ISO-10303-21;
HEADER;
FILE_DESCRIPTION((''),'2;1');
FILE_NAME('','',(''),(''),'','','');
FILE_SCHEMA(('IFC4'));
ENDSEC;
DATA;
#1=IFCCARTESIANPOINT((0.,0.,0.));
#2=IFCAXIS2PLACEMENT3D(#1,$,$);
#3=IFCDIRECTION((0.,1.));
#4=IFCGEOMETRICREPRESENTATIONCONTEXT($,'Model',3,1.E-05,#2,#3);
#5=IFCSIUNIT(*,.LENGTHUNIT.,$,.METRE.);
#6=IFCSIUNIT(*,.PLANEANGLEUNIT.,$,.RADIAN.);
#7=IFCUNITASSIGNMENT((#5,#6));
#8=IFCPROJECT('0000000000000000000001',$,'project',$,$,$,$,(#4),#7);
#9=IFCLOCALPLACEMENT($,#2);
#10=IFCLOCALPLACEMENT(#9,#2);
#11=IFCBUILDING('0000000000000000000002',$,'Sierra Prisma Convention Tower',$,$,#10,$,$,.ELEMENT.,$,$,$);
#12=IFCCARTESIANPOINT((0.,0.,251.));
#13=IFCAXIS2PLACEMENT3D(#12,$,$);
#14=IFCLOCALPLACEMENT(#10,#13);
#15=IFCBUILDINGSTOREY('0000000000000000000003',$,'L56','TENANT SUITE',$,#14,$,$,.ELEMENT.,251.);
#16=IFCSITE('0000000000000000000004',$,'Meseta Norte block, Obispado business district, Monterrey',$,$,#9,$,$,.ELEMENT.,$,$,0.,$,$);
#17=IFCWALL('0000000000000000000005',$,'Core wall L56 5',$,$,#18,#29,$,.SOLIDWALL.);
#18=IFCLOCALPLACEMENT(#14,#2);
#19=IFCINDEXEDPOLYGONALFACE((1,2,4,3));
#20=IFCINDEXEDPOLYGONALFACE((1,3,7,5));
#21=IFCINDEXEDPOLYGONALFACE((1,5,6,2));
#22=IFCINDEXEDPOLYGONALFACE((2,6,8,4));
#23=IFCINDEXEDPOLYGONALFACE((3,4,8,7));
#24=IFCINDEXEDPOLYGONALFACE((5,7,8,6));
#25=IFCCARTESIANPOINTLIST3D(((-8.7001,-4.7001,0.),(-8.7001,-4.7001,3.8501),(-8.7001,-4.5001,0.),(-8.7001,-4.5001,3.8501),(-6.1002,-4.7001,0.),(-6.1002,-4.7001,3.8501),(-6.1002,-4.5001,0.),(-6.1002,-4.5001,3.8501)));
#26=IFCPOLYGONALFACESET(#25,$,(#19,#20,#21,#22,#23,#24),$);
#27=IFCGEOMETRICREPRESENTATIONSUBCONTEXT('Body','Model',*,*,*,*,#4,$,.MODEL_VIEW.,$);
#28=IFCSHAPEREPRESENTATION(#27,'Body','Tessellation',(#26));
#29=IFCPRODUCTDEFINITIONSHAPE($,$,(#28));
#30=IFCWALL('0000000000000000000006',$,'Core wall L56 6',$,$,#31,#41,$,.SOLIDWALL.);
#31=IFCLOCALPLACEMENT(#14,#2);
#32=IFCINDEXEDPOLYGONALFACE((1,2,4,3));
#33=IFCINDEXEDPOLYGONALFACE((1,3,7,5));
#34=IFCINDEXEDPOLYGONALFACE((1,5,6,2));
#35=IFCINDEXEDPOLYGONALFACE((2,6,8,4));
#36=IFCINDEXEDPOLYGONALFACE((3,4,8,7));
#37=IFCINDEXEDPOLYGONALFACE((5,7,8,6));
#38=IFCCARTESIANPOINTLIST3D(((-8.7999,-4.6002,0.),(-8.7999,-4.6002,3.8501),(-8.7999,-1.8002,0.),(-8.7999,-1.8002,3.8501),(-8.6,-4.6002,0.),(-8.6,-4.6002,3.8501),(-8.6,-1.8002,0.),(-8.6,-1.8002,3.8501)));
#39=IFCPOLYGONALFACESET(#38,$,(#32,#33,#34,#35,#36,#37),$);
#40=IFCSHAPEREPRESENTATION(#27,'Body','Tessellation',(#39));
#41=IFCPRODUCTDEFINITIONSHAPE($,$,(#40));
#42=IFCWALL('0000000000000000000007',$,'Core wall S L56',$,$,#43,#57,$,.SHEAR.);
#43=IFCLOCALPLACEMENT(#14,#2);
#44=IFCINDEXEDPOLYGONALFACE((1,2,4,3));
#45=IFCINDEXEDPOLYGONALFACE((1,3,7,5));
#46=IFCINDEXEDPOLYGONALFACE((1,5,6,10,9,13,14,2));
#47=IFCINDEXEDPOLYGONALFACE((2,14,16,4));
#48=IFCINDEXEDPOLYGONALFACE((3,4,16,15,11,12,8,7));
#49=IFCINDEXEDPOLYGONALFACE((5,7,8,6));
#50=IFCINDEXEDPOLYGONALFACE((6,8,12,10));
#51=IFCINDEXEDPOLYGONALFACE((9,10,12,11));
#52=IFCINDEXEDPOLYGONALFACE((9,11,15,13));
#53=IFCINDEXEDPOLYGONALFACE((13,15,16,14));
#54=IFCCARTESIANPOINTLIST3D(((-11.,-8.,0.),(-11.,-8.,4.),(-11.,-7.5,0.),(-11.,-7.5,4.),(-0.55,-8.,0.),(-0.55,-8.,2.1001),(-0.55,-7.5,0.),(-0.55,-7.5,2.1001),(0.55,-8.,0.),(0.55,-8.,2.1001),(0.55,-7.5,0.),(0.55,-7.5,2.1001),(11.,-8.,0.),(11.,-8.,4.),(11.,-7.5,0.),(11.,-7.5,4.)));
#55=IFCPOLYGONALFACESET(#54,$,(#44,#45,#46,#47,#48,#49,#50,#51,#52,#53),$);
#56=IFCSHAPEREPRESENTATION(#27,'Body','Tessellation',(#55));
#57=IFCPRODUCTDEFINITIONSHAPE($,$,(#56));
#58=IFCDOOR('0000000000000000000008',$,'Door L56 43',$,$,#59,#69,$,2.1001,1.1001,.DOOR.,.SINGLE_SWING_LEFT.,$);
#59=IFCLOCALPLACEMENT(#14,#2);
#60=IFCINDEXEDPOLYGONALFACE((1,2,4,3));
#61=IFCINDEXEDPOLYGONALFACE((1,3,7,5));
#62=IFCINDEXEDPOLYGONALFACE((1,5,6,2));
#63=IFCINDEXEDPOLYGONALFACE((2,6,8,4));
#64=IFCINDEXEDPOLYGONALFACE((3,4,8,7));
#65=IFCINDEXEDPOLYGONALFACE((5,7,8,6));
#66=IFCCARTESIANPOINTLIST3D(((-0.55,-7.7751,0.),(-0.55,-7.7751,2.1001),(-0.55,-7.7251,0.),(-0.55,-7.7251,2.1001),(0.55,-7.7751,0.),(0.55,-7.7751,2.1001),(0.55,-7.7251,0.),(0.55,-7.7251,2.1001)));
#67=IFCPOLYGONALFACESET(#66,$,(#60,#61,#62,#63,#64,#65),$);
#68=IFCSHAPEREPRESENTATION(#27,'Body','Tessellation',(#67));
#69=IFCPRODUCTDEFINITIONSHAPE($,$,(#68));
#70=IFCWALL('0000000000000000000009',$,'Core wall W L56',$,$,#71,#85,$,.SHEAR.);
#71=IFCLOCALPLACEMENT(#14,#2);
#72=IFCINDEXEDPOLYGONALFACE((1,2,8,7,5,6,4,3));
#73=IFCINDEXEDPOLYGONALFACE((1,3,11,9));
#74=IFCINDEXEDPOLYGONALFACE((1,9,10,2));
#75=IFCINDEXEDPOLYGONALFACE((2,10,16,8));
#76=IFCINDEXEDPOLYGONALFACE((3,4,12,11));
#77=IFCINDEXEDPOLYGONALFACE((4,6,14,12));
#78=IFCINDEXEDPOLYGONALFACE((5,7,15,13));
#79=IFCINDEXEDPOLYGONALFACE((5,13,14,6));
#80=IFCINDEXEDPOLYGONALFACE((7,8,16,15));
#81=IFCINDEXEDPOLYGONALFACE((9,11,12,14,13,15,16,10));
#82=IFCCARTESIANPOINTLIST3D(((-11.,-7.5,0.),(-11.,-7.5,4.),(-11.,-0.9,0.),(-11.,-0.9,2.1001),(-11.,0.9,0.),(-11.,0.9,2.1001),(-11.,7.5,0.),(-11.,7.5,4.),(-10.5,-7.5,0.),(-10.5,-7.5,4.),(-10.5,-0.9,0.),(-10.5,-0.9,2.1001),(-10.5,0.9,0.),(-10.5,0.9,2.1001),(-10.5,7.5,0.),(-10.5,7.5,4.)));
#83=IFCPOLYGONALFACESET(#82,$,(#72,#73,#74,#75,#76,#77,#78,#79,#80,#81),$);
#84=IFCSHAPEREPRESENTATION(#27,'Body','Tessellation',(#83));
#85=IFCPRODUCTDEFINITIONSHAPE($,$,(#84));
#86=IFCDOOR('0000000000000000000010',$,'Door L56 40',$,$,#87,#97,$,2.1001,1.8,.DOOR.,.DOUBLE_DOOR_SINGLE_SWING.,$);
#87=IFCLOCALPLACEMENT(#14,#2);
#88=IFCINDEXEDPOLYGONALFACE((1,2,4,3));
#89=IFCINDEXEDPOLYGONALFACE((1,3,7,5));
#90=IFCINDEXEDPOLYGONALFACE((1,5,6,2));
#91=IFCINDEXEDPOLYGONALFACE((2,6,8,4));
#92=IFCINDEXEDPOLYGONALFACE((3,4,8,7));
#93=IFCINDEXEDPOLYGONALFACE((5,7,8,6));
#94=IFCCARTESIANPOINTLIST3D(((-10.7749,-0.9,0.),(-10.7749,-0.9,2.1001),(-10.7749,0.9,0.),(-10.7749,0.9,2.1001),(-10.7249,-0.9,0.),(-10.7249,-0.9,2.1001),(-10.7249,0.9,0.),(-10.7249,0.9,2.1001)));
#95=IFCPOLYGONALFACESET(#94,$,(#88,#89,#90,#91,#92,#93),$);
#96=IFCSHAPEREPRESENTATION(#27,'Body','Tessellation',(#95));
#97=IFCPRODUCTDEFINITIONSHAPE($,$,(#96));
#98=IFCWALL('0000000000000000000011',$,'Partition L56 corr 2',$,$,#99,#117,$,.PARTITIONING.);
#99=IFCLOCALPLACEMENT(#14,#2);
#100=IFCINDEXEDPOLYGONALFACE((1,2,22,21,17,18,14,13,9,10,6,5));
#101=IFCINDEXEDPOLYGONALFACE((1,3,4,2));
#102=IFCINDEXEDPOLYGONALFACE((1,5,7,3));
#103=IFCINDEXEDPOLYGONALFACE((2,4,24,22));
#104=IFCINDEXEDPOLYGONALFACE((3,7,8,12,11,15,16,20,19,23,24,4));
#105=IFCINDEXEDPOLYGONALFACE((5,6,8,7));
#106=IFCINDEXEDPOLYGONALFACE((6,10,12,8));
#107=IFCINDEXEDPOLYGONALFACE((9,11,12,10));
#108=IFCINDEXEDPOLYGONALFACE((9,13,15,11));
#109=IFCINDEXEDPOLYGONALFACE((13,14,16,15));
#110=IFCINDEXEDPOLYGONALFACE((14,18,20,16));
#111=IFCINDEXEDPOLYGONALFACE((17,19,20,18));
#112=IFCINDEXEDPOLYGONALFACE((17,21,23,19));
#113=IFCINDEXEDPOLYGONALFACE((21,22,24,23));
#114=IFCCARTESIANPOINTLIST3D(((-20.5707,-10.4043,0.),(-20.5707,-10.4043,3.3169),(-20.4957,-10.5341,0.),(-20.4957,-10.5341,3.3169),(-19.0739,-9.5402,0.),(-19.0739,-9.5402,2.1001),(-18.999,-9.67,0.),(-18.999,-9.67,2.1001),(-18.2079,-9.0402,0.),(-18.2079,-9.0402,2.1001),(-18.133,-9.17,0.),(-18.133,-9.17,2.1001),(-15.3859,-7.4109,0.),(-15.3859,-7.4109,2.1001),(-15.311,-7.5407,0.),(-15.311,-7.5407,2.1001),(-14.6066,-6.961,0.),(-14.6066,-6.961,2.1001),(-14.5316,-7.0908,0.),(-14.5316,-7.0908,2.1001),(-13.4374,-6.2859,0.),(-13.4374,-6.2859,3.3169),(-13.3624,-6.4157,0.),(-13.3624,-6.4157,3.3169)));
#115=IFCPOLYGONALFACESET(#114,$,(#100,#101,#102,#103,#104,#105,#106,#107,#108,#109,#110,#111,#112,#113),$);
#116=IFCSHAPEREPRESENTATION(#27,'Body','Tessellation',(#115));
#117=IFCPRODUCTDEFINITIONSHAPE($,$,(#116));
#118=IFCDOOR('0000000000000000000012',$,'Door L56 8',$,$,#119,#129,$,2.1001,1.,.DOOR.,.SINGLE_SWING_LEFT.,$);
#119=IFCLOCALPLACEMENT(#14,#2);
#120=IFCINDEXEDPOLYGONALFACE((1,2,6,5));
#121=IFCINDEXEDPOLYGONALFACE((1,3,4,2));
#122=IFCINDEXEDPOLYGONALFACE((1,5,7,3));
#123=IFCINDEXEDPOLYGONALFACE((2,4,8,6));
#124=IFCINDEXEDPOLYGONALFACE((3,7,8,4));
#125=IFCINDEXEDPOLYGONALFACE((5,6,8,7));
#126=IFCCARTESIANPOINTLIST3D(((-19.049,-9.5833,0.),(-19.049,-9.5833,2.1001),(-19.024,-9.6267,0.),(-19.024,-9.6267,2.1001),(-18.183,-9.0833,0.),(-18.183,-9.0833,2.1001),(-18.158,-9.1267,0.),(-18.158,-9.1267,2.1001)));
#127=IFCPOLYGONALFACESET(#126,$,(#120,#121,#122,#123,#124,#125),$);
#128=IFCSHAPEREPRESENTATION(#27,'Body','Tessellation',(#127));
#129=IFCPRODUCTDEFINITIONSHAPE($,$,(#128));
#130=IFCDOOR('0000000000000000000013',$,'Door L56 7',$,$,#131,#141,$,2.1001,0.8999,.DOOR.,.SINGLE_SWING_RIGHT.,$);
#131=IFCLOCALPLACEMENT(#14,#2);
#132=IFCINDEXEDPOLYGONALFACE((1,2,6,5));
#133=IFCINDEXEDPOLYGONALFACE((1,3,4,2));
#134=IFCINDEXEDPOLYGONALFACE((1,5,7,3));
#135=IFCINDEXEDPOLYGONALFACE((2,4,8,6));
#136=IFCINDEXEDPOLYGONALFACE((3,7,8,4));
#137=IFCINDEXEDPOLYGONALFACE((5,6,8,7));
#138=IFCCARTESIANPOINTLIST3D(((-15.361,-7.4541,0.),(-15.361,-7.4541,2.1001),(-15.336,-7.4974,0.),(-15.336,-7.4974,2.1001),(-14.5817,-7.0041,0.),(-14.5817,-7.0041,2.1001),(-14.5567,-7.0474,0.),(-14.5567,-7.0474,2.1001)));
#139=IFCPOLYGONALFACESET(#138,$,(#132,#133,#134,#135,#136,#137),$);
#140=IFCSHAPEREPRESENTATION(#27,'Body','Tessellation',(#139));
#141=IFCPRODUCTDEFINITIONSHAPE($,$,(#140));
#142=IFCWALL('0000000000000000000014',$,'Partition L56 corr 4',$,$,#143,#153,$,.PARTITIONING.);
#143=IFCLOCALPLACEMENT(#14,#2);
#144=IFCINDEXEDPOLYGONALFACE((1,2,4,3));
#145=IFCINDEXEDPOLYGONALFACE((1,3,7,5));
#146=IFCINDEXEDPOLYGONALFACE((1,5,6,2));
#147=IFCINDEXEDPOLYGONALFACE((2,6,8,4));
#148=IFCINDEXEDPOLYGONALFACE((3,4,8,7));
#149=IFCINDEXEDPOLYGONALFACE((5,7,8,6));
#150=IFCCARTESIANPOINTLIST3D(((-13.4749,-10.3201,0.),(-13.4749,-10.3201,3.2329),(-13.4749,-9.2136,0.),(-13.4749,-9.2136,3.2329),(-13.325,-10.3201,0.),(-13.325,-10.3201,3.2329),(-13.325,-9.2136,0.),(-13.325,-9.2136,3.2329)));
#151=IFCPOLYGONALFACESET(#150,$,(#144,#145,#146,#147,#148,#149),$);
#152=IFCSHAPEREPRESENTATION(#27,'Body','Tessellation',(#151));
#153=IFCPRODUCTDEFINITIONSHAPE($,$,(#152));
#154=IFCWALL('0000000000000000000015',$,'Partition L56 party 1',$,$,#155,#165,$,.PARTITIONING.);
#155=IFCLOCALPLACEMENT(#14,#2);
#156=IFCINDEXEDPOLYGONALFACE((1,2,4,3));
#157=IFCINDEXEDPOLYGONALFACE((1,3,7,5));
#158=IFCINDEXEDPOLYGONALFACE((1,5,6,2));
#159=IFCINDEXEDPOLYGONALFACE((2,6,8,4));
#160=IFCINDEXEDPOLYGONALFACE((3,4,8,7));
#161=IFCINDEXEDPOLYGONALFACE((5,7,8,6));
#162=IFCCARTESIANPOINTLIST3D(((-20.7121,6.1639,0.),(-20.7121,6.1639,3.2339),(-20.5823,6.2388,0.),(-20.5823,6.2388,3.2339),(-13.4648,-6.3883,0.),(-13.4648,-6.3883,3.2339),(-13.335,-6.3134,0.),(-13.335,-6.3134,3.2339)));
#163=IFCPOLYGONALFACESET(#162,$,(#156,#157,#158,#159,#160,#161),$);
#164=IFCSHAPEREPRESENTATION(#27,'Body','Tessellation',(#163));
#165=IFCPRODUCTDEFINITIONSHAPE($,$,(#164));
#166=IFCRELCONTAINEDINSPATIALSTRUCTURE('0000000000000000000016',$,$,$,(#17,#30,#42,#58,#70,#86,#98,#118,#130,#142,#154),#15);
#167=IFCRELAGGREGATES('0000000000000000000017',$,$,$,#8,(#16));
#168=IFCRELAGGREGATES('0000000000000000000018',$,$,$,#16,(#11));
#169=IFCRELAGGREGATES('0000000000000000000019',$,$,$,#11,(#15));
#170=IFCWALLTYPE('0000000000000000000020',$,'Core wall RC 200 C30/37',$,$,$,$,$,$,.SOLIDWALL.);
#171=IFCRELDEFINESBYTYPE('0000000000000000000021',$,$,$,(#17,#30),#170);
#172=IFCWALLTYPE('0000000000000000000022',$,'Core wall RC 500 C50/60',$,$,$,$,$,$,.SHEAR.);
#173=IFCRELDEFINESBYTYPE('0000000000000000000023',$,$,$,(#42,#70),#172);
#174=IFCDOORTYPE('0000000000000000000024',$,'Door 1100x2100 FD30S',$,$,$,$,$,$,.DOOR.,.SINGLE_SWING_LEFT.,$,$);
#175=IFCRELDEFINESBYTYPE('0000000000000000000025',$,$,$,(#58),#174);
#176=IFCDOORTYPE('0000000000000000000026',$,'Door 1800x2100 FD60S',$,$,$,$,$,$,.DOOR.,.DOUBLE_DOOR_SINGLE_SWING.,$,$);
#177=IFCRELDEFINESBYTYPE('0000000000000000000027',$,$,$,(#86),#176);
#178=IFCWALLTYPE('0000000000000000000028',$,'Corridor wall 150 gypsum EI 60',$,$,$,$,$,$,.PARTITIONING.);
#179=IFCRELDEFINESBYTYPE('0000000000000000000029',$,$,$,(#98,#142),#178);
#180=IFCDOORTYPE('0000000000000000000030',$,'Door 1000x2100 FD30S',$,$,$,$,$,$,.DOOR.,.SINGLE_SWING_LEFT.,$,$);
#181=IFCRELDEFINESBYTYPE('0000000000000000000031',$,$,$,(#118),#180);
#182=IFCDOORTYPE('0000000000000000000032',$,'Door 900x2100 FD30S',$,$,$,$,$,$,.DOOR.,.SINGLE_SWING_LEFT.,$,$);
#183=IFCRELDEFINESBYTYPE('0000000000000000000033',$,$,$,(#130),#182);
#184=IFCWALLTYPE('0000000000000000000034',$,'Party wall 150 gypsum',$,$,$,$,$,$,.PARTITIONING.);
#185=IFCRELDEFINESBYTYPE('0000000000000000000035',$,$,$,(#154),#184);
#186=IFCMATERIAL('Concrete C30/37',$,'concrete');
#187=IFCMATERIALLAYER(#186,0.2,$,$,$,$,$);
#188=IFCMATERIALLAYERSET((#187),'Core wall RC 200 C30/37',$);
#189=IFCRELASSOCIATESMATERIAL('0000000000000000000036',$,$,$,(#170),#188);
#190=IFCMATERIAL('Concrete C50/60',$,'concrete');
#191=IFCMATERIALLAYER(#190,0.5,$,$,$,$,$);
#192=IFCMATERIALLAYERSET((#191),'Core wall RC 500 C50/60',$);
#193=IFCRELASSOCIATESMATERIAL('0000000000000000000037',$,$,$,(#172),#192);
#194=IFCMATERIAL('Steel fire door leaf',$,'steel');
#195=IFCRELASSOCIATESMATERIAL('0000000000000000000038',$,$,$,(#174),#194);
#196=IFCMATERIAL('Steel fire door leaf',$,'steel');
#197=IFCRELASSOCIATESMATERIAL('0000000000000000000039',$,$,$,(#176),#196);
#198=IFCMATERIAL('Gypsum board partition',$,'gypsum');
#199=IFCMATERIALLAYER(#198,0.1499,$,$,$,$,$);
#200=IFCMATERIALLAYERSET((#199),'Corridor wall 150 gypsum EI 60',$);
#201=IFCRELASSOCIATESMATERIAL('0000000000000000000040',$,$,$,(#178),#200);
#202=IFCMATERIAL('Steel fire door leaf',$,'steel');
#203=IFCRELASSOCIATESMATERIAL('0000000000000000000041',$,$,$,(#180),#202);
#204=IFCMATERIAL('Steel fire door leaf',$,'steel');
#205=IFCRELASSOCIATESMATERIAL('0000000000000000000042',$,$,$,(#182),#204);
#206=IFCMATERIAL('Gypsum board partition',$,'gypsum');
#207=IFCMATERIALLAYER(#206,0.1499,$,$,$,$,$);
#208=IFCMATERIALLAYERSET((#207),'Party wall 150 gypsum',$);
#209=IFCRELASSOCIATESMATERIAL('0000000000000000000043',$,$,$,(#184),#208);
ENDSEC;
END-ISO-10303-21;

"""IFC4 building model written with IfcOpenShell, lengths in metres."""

from ifc_helpers import new_model, si_unit, direction, frame, frame_2d, origin, place, context, subcontext, project, spatial, rectangle, extrude, material, layer, layer_set, type_object, element, fill, save


model = new_model("IFC4")

# Units and contexts
model_context = context("Model", 3, precision=1e-05, world=origin(), true_north=direction((0.0, 1.0)))
body_context = subcontext(model_context, "Body", "Model", "MODEL_VIEW")
ifc_project = project(units=[si_unit("LENGTHUNIT", "METRE"), si_unit("PLANEANGLEUNIT", "RADIAN")], contexts=[model_context])

# Site, building, storey
site_placement = place(None, origin())
site = spatial("IfcSite", under=ifc_project, at=site_placement, Name="Meseta Norte block, Obispado business district, Monterrey", CompositionType="ELEMENT", RefElevation=0.0)
building_placement = place(site_placement, origin())
building = spatial("IfcBuilding", under=site, at=building_placement, Name="Sierra Prisma Convention Tower", CompositionType="ELEMENT")
storey_placement = place(building_placement, frame((0.0, 0.0, 251.0)))
storey = spatial("IfcBuildingStorey", under=building, at=storey_placement, Name="L56", Description="TENANT SUITE", CompositionType="ELEMENT", Elevation=251.0)

# Shared definitions
ifc_material_1 = material(Name="Concrete C30/37", Category="concrete")
ifc_layer_1 = layer(ifc_material_1, 0.2)
ifc_layer_set_1 = layer_set([ifc_layer_1], Name="Core wall RC 200 C30/37")
wall_type_1 = type_object("IfcWallType", Name="Core wall RC 200 C30/37", PredefinedType="SOLIDWALL", material=ifc_layer_set_1)

# Walls
wall_1_placement = place(storey_placement, frame((-8.7, -4.6001, 0.0), z_axis=(0.0, 0.0, 1.0), x_axis=(1.0, 0.0, 0.0)))
element("IfcWall", 1, at=wall_1_placement, inside=storey, type_object=wall_type_1, Name="Core wall L56 5", PredefinedType="SOLIDWALL", context=body_context, shape_type="SweptSolid", body=[
    extrude(rectangle(XDim=2.5999, YDim=0.2, at=frame_2d((1.2998, 0.0))), origin(), (0.0, 0.0, 1.0), 3.8501),
])
wall_2_placement = place(storey_placement, frame((-8.7, -4.6001, 0.0), z_axis=(0.0, 0.0, 1.0), x_axis=(0.0, 1.0, 0.0)))
element("IfcWall", 2, at=wall_2_placement, inside=storey, type_object=wall_type_1, Name="Core wall L56 6", PredefinedType="SOLIDWALL", context=body_context, shape_type="SweptSolid", body=[
    extrude(rectangle(XDim=2.8, YDim=0.2, at=frame_2d((1.3999, 0.0))), origin(), (0.0, 0.0, 1.0), 3.8501),
])

# Walls, openings, doors
ifc_material_2 = material(Name="Concrete C50/60", Category="concrete")
ifc_layer_2 = layer(ifc_material_2, 0.5)
ifc_layer_set_2 = layer_set([ifc_layer_2], Name="Core wall RC 500 C50/60")
wall_type_2 = type_object("IfcWallType", Name="Core wall RC 500 C50/60", PredefinedType="SHEAR", material=ifc_layer_set_2)
wall_3_placement = place(storey_placement, frame((-11.0, -7.75, 0.0), z_axis=(0.0, 0.0, 1.0), x_axis=(1.0, 0.0, 0.0)))
wall_3 = element("IfcWall", 3, at=wall_3_placement, inside=storey, type_object=wall_type_2, Name="Core wall S L56", PredefinedType="SHEAR", context=body_context, shape_type="SweptSolid", body=[
    extrude(rectangle(XDim=22.0, YDim=0.5, at=frame_2d((11.0, 0.0))), origin(), (0.0, 0.0, 1.0), 4.0),
])
opening_1_placement = place(wall_3_placement, frame((10.45, 0.0, 0.0)))
opening_1 = element("IfcOpeningElement", 4, at=opening_1_placement, cuts=wall_3, PredefinedType="OPENING", context=body_context, shape_type="SweptSolid", body=[
    extrude(rectangle(XDim=1.1001, YDim=2.1001, at=frame_2d((0.55, 1.05))), frame((0.0, 0.25, 0.0), z_axis=(0.0, -1.0, 0.0), x_axis=(1.0, 0.0, 0.0)), (0.0, 0.0, 1.0), 0.5),
])
ifc_material_3 = material(Name="Steel fire door leaf", Category="steel")
door_type_1 = type_object("IfcDoorType", Name="Door 1100x2100 FD30S", OperationType="SINGLE_SWING_LEFT", PredefinedType="DOOR", material=ifc_material_3)
door_1_placement = place(opening_1_placement, origin())
door_1 = element("IfcDoor", 5, at=door_1_placement, inside=storey, type_object=door_type_1, Name="Door L56 43", OperationType="SINGLE_SWING_LEFT", OverallHeight=2.1001, OverallWidth=1.1001, PredefinedType="DOOR", context=body_context, shape_type="SweptSolid", body=[
    extrude(rectangle(XDim=1.1001, YDim=2.1001, at=frame_2d((0.55, 1.05))), frame((0.0, 0.0249, 0.0), z_axis=(0.0, -1.0, 0.0), x_axis=(1.0, 0.0, 0.0)), (0.0, 0.0, 1.0), 0.05),
])
fill(opening_1, door_1)
wall_4_placement = place(storey_placement, frame((-10.75, -7.5, 0.0), z_axis=(0.0, 0.0, 1.0), x_axis=(0.0, 1.0, 0.0)))
wall_4 = element("IfcWall", 6, at=wall_4_placement, inside=storey, type_object=wall_type_2, Name="Core wall W L56", PredefinedType="SHEAR", context=body_context, shape_type="SweptSolid", body=[
    extrude(rectangle(XDim=15.0, YDim=0.5, at=frame_2d((7.5, 0.0))), origin(), (0.0, 0.0, 1.0), 4.0),
])
opening_2_placement = place(wall_4_placement, frame((6.6001, 0.0, 0.0)))
opening_2 = element("IfcOpeningElement", 7, at=opening_2_placement, cuts=wall_4, PredefinedType="OPENING", context=body_context, shape_type="SweptSolid", body=[
    extrude(rectangle(XDim=1.8, YDim=2.1001, at=frame_2d((0.8999, 1.05))), frame((0.0, 0.25, 0.0), z_axis=(0.0, -1.0, 0.0), x_axis=(1.0, 0.0, 0.0)), (0.0, 0.0, 1.0), 0.5),
])
ifc_material_4 = material(Name="Steel fire door leaf", Category="steel")
door_type_2 = type_object("IfcDoorType", Name="Door 1800x2100 FD60S", OperationType="DOUBLE_DOOR_SINGLE_SWING", PredefinedType="DOOR", material=ifc_material_4)
door_2_placement = place(opening_2_placement, origin())
door_2 = element("IfcDoor", 8, at=door_2_placement, inside=storey, type_object=door_type_2, Name="Door L56 40", OperationType="DOUBLE_DOOR_SINGLE_SWING", OverallHeight=2.1001, OverallWidth=1.8, PredefinedType="DOOR", context=body_context, shape_type="SweptSolid", body=[
    extrude(rectangle(XDim=1.8, YDim=2.1001, at=frame_2d((0.8999, 1.05))), frame((0.0, 0.0249, 0.0), z_axis=(0.0, -1.0, 0.0), x_axis=(1.0, 0.0, 0.0)), (0.0, 0.0, 1.0), 0.05),
])
fill(opening_2, door_2)

# Wall, openings, doors
ifc_material_5 = material(Name="Gypsum board partition", Category="gypsum")
ifc_layer_3 = layer(ifc_material_5, 0.1499)
ifc_layer_set_3 = layer_set([ifc_layer_3], Name="Corridor wall 150 gypsum EI 60")
wall_type_3 = type_object("IfcWallType", Name="Corridor wall 150 gypsum EI 60", PredefinedType="PARTITIONING", material=ifc_layer_set_3)
wall_5_placement = place(storey_placement, frame((-13.3999, -6.3508, 0.0), z_axis=(0.0, 0.0, 1.0), x_axis=(-0.866026, -0.5, 0.0)))
wall_5 = element("IfcWall", 9, at=wall_5_placement, inside=storey, type_object=wall_type_3, Name="Partition L56 corr 2", PredefinedType="PARTITIONING", context=body_context, shape_type="SweptSolid", body=[
    extrude(rectangle(XDim=8.2368, YDim=0.1499, at=frame_2d((4.1184, 0.0))), origin(), (0.0, 0.0, 1.0), 3.3169),
])
opening_3_placement = place(wall_5_placement, frame((1.3501, 0.0, 0.0)))
opening_3 = element("IfcOpeningElement", 10, at=opening_3_placement, cuts=wall_5, PredefinedType="OPENING", context=body_context, shape_type="SweptSolid", body=[
    extrude(rectangle(XDim=0.8999, YDim=2.1001, at=frame_2d((0.45, 1.05))), frame((0.0, 0.075, 0.0), z_axis=(0.0, -1.0, 0.0), x_axis=(1.0, 0.0, 0.0)), (0.0, 0.0, 1.0), 0.1499),
])
opening_4_placement = place(wall_5_placement, frame((5.5085, 0.0, 0.0)))
opening_4 = element("IfcOpeningElement", 11, at=opening_4_placement, cuts=wall_5, PredefinedType="OPENING", context=body_context, shape_type="SweptSolid", body=[
    extrude(rectangle(XDim=1.0, YDim=2.1001, at=frame_2d((0.5, 1.05))), frame((0.0, 0.075, 0.0), z_axis=(0.0, -1.0, 0.0), x_axis=(1.0, 0.0, 0.0)), (0.0, 0.0, 1.0), 0.1499),
])
ifc_material_6 = material(Name="Steel fire door leaf", Category="steel")
door_type_3 = type_object("IfcDoorType", Name="Door 1000x2100 FD30S", OperationType="SINGLE_SWING_LEFT", PredefinedType="DOOR", material=ifc_material_6)
door_3_placement = place(opening_4_placement, origin())
door_3 = element("IfcDoor", 12, at=door_3_placement, inside=storey, type_object=door_type_3, Name="Door L56 8", OperationType="SINGLE_SWING_LEFT", OverallHeight=2.1001, OverallWidth=1.0, PredefinedType="DOOR", context=body_context, shape_type="SweptSolid", body=[
    extrude(rectangle(XDim=1.0, YDim=2.1001, at=frame_2d((0.5, 1.05))), frame((0.0, 0.0249, 0.0), z_axis=(0.0, -1.0, 0.0), x_axis=(1.0, 0.0, 0.0)), (0.0, 0.0, 1.0), 0.05),
])
fill(opening_4, door_3)
ifc_material_7 = material(Name="Steel fire door leaf", Category="steel")
door_type_4 = type_object("IfcDoorType", Name="Door 900x2100 FD30S", OperationType="SINGLE_SWING_LEFT", PredefinedType="DOOR", material=ifc_material_7)
door_4_placement = place(opening_3_placement, origin())
door_4 = element("IfcDoor", 13, at=door_4_placement, inside=storey, type_object=door_type_4, Name="Door L56 7", OperationType="SINGLE_SWING_RIGHT", OverallHeight=2.1001, OverallWidth=0.8999, PredefinedType="DOOR", context=body_context, shape_type="SweptSolid", body=[
    extrude(rectangle(XDim=0.8999, YDim=2.1001, at=frame_2d((0.45, 1.05))), frame((0.0, 0.0249, 0.0), z_axis=(0.0, -1.0, 0.0), x_axis=(1.0, 0.0, 0.0)), (0.0, 0.0, 1.0), 0.05),
])
fill(opening_3, door_4)

# Walls
wall_6_placement = place(storey_placement, frame((-13.3999, -9.2136, 0.0), z_axis=(0.0, 0.0, 1.0), x_axis=(0.0, -1.0, 0.0)))
element("IfcWall", 14, at=wall_6_placement, inside=storey, type_object=wall_type_3, Name="Partition L56 corr 4", PredefinedType="PARTITIONING", context=body_context, shape_type="SweptSolid", body=[
    extrude(rectangle(XDim=1.1064, YDim=0.1499, at=frame_2d((0.5532, 0.0))), origin(), (0.0, 0.0, 1.0), 3.2329),
])
ifc_material_8 = material(Name="Gypsum board partition", Category="gypsum")
ifc_layer_4 = layer(ifc_material_8, 0.1499)
ifc_layer_set_4 = layer_set([ifc_layer_4], Name="Party wall 150 gypsum")
wall_type_4 = type_object("IfcWallType", Name="Party wall 150 gypsum", PredefinedType="PARTITIONING", material=ifc_layer_set_4)
wall_7_placement = place(storey_placement, frame((-13.3999, -6.3508, 0.0), z_axis=(0.0, 0.0, 1.0), x_axis=(-0.500014, 0.866017, 0.0)))
element("IfcWall", 15, at=wall_7_placement, inside=storey, type_object=wall_type_4, Name="Partition L56 party 1", PredefinedType="PARTITIONING", context=body_context, shape_type="SweptSolid", body=[
    extrude(rectangle(XDim=14.4941, YDim=0.1499, at=frame_2d((7.2471, 0.0))), origin(), (0.0, 0.0, 1.0), 3.2339),
])

save(model, "model.ifc")
